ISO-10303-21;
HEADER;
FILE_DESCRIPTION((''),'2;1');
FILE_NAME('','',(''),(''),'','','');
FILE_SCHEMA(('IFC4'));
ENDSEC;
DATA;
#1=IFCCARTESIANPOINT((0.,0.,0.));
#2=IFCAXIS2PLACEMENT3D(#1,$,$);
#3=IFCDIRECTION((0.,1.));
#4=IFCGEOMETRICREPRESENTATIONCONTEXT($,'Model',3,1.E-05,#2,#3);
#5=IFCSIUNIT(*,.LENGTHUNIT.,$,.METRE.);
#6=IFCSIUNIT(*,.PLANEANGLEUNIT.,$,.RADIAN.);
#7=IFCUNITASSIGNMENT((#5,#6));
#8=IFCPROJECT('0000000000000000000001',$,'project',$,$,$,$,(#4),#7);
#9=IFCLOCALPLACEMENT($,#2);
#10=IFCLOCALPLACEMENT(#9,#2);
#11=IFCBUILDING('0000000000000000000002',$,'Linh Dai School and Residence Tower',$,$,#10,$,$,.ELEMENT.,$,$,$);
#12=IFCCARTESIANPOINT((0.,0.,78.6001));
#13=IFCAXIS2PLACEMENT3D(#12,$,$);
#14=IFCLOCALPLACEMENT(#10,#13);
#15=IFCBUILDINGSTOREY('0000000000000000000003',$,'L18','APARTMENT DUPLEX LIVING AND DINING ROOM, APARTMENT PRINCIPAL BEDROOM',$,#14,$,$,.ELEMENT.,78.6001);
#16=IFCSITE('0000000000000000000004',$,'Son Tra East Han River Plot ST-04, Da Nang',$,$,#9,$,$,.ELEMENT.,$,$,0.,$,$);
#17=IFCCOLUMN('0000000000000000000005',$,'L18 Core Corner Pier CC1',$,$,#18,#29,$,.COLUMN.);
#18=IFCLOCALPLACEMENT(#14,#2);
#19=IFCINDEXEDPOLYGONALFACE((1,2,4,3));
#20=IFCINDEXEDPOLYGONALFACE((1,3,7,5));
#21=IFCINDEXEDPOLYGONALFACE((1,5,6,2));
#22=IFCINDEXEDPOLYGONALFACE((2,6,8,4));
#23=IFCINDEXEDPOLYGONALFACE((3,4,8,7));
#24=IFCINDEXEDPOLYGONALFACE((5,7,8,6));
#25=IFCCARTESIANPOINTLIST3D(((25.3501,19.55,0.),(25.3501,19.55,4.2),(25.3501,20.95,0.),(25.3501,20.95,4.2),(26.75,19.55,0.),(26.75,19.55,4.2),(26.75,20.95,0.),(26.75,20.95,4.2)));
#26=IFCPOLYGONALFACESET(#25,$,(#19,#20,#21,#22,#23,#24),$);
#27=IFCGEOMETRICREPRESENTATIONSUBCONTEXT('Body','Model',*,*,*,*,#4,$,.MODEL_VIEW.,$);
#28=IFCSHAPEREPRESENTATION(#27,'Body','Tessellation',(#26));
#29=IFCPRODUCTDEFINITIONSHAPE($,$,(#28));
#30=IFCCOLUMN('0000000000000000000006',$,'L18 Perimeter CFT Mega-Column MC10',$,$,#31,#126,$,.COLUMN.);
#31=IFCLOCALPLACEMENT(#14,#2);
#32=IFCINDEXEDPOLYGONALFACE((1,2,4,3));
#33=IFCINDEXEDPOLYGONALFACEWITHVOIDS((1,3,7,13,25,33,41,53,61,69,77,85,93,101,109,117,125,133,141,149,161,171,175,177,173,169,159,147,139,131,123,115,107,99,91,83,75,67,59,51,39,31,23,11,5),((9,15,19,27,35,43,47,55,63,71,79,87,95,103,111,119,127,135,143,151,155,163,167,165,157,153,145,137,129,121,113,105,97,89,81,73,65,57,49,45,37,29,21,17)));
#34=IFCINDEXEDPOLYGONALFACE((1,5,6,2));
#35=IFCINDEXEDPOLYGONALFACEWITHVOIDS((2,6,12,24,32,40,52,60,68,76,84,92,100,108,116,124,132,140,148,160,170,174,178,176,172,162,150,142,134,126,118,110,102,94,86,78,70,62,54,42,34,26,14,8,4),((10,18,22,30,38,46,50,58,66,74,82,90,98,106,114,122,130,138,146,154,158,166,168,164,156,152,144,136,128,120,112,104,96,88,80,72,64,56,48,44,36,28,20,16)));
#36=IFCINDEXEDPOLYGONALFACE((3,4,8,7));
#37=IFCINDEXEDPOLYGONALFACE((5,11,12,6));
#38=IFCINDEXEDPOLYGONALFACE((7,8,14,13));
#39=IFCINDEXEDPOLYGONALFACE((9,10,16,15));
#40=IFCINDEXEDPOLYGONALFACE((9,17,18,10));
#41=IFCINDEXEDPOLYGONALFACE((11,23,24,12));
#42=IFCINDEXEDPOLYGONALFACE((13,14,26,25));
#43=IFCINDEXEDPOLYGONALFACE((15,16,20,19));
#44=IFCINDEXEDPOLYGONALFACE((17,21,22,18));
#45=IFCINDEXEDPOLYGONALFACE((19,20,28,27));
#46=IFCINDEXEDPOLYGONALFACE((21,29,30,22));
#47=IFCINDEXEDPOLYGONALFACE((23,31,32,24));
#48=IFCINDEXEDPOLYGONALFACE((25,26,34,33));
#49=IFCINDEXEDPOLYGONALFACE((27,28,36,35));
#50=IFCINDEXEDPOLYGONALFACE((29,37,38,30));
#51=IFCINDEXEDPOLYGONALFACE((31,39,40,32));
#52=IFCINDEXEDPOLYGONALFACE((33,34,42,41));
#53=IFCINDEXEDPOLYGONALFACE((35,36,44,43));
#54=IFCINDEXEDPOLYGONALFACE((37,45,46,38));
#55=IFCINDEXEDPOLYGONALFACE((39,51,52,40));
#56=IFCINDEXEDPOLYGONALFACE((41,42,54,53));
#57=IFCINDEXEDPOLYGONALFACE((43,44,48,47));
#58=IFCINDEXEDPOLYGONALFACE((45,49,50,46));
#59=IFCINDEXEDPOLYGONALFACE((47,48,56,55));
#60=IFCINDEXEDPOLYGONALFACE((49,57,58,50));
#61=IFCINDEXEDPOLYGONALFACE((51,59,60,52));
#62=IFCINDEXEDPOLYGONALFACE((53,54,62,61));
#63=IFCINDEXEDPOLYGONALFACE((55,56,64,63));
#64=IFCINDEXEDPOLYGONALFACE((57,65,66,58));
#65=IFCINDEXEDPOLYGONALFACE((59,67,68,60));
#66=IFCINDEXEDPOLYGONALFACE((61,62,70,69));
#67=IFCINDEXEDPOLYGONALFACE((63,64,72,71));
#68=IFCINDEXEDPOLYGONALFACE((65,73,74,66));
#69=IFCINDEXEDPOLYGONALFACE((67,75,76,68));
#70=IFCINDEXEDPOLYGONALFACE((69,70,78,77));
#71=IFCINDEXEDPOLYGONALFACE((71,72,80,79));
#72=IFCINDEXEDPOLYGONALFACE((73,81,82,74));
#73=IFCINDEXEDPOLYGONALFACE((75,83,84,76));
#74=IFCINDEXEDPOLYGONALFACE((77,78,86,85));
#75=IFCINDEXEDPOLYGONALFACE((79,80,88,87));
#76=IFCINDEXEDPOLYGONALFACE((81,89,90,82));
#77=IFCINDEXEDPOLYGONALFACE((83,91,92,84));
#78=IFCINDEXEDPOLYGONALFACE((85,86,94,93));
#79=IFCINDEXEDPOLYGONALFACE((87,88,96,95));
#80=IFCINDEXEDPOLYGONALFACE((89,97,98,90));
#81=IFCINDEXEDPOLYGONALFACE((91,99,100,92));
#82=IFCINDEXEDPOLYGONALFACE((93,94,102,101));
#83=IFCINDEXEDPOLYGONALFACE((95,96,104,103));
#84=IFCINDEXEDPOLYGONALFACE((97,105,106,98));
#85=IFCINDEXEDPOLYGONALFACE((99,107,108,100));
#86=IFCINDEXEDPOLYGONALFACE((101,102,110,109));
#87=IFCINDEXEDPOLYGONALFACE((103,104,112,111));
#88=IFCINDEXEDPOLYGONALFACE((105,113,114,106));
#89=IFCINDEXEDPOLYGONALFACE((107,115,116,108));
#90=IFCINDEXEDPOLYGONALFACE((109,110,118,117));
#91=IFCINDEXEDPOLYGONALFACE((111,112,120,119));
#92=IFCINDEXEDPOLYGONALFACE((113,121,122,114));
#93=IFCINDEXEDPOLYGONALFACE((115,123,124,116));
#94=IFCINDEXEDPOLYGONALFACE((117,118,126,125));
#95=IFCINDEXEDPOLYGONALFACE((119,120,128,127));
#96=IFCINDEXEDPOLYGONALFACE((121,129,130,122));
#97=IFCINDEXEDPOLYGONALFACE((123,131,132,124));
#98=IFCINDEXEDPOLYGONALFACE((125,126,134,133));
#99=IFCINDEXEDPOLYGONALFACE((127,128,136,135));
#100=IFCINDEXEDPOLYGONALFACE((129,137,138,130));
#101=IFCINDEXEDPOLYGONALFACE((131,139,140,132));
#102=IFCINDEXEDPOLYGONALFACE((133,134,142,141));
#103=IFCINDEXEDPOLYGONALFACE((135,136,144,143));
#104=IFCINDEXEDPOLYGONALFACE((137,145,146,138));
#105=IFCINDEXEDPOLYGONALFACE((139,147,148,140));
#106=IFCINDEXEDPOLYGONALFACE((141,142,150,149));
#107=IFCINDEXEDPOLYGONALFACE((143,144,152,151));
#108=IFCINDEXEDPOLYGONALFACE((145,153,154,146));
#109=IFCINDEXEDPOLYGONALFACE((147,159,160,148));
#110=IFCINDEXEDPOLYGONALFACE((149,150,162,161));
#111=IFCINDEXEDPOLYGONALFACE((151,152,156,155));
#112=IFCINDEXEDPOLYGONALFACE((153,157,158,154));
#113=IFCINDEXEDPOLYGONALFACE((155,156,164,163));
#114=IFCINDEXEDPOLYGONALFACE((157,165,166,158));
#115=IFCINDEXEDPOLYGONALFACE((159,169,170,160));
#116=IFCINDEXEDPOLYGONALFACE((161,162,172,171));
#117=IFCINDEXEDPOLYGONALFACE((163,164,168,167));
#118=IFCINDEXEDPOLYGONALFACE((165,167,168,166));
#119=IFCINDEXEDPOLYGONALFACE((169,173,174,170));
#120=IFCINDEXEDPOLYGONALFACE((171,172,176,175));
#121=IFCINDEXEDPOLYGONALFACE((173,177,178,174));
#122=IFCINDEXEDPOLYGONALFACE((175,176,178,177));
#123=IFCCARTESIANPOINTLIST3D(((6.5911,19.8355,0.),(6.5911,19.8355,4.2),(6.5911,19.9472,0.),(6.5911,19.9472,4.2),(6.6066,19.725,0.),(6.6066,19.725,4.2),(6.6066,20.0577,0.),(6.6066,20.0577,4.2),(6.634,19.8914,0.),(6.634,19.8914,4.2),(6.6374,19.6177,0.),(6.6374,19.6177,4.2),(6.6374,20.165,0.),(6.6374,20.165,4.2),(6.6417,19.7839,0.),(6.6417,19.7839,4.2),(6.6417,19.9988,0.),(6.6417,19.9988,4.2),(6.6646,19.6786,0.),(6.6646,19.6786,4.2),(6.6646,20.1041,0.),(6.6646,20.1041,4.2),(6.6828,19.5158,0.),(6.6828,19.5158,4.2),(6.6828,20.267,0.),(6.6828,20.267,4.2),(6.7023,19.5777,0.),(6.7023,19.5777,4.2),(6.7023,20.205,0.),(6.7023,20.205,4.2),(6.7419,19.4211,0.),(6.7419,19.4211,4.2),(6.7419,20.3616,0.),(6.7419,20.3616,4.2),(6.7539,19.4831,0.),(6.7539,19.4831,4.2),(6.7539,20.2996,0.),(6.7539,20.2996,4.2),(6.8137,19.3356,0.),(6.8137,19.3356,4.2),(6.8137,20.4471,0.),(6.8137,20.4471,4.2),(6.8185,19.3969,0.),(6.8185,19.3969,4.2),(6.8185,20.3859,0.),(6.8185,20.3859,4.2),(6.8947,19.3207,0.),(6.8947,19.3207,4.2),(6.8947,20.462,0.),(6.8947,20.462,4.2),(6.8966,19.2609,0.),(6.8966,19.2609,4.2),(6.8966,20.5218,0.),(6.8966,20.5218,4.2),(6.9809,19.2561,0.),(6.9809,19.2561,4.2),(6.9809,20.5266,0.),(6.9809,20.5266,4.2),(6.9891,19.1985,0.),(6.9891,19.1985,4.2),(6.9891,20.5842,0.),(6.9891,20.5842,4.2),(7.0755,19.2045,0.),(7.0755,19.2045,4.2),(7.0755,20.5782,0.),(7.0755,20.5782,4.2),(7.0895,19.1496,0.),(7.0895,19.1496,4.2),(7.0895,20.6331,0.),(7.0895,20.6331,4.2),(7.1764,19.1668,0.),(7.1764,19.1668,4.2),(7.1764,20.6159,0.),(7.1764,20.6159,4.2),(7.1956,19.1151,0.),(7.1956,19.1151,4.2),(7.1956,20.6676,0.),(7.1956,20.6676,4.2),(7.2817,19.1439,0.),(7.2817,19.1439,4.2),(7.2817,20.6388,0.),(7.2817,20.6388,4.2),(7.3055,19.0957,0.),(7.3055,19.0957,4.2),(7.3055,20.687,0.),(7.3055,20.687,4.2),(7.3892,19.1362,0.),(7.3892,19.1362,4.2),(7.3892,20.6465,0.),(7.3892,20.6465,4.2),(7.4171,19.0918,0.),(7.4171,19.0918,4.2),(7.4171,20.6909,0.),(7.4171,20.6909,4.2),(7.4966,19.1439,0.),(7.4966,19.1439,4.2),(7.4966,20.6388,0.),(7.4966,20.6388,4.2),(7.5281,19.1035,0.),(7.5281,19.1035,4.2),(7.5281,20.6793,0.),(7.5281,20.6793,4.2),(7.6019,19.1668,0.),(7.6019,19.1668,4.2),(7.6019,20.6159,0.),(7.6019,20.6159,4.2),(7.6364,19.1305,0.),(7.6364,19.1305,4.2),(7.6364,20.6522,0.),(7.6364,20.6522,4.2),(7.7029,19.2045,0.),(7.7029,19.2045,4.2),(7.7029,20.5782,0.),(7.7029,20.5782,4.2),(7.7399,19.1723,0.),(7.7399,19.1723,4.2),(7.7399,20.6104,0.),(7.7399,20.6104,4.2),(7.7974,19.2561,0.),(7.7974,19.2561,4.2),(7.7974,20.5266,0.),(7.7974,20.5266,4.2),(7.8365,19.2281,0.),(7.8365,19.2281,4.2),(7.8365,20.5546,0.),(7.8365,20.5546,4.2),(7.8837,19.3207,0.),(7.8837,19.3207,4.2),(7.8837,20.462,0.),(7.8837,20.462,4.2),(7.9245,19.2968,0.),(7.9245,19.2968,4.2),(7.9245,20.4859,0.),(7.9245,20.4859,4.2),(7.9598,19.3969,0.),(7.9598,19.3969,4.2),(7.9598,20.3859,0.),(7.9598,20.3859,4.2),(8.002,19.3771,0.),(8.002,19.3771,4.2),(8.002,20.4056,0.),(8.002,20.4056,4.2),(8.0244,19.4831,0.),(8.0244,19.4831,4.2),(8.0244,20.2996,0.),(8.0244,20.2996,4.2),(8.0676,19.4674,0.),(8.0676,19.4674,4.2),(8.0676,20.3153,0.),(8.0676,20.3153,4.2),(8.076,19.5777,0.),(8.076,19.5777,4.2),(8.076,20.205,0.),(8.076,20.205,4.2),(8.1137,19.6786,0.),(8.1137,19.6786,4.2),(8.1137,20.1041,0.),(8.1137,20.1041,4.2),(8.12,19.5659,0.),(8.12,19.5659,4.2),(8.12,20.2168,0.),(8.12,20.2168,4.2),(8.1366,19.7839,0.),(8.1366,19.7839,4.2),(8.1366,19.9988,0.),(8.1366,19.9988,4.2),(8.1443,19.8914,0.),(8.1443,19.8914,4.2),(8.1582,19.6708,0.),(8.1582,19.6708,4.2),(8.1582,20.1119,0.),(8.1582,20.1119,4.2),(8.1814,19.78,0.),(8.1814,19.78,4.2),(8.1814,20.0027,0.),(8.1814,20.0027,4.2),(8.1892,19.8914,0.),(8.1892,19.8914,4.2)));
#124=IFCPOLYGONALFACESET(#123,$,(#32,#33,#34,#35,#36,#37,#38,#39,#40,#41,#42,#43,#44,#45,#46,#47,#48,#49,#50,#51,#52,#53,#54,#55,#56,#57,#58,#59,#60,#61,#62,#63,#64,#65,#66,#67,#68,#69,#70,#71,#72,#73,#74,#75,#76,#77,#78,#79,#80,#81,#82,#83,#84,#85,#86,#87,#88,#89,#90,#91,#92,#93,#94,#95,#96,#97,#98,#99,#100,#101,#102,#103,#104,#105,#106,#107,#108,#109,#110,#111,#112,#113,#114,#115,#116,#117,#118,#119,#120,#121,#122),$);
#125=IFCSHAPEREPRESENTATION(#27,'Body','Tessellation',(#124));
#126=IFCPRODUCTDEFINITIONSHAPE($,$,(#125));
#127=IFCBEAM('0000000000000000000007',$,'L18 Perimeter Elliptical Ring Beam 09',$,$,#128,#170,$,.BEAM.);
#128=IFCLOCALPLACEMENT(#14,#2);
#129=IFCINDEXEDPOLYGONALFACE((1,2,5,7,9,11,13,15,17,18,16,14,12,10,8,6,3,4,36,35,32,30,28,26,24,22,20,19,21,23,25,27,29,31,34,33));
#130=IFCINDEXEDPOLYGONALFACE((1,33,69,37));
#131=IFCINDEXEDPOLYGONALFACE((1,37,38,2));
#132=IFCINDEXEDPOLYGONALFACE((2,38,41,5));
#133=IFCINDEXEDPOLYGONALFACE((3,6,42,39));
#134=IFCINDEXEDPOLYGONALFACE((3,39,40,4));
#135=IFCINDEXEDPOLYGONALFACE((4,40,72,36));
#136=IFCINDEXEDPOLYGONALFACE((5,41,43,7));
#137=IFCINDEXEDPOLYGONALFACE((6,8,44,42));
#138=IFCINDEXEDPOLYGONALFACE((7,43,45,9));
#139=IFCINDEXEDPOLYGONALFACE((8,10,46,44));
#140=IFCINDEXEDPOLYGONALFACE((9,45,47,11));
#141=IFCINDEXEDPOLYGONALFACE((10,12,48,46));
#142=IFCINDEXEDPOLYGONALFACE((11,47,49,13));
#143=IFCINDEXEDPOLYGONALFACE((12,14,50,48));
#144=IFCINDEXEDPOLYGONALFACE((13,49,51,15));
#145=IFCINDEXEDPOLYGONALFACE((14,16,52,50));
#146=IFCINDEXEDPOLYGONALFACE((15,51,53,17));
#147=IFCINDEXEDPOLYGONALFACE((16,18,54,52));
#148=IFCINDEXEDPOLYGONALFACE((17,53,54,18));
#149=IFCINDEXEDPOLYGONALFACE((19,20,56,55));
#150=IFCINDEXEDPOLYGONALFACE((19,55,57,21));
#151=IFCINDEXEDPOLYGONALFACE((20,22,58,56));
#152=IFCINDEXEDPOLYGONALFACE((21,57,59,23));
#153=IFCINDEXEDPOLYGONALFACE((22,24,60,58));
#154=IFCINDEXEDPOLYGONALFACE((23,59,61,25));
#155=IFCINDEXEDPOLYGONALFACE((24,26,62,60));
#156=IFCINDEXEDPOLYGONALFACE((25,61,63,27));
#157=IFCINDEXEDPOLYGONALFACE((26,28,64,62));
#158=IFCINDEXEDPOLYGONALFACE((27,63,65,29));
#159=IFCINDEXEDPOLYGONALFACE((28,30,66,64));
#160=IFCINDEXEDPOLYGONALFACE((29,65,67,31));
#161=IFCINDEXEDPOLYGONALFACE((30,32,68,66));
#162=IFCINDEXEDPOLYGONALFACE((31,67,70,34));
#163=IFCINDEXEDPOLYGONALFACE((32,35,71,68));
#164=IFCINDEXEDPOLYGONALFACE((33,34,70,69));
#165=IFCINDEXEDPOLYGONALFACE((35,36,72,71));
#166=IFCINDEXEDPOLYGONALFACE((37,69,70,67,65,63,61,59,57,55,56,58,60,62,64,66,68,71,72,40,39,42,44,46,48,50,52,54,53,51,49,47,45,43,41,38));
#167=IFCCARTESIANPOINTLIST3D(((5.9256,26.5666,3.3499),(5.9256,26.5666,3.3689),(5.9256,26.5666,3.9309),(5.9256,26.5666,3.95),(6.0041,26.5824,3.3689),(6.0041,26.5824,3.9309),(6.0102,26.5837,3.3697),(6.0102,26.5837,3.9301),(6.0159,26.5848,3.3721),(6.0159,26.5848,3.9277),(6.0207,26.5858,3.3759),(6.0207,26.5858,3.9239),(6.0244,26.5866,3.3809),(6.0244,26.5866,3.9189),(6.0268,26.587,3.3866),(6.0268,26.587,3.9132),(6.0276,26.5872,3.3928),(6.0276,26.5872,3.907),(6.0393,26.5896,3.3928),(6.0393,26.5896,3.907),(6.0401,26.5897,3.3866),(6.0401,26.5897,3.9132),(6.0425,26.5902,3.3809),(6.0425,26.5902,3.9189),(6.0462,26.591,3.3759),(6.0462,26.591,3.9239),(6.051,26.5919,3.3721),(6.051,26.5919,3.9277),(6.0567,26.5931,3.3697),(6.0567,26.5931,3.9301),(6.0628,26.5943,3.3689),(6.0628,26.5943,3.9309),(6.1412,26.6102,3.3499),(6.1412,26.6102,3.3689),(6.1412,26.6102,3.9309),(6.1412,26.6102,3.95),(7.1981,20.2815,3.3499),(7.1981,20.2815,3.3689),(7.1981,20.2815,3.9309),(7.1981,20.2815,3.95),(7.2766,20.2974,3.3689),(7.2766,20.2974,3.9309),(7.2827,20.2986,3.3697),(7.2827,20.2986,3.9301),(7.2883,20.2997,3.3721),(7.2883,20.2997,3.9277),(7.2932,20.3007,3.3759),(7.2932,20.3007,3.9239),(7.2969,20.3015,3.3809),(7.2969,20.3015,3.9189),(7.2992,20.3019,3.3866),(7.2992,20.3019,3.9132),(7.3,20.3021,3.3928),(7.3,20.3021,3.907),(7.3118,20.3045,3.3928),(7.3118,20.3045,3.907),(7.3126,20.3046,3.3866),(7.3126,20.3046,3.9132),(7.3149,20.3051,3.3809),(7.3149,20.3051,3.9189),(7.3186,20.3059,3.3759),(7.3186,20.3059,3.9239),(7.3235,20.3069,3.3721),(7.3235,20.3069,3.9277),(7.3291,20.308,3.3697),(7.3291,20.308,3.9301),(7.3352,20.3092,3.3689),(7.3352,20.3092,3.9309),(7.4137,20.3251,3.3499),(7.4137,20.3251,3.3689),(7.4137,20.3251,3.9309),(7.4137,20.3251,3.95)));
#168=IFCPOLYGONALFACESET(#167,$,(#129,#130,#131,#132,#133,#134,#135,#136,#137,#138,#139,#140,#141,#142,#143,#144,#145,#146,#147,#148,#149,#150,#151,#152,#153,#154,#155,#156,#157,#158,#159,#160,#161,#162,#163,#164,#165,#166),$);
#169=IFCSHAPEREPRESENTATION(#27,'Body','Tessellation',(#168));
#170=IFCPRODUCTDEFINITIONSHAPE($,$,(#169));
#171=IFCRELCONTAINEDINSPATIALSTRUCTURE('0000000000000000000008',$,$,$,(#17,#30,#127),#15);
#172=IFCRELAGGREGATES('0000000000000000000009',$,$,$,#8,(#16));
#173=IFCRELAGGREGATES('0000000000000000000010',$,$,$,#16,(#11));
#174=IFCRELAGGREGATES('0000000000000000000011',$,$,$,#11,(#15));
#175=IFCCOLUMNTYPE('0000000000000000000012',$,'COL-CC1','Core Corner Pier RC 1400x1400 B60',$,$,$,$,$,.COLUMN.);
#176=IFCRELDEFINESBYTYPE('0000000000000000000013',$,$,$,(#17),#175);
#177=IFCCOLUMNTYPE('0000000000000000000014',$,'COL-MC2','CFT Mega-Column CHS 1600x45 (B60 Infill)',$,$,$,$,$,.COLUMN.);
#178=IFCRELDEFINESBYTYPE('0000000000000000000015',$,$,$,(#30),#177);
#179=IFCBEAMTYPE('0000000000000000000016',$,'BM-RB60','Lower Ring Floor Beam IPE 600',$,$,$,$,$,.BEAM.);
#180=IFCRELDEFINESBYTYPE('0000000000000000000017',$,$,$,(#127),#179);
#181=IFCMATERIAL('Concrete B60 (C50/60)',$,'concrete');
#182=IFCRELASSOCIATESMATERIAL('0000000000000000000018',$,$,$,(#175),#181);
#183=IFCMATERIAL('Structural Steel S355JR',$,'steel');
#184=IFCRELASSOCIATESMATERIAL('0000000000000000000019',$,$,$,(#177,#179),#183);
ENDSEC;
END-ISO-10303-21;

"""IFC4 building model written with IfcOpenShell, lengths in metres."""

from ifc_helpers import new_model, si_unit, direction, frame, origin, origin_2d, place, context, subcontext, project, spatial, rectangle, hollow_circle, i_section, extrude, material, material_profile, profile_set, type_object, element, save


model = new_model("IFC4")

# Units and contexts
model_context = context("Model", 3, precision=1e-05, world=origin(), true_north=direction((0.0, 1.0)))
body_context = subcontext(model_context, "Body", "Model", "MODEL_VIEW")
ifc_project = project(units=[si_unit("LENGTHUNIT", "METRE"), si_unit("PLANEANGLEUNIT", "RADIAN")], contexts=[model_context])

# Site, building, storey
site_placement = place(None, origin())
site = spatial("IfcSite", under=ifc_project, at=site_placement, Name="Son Tra East Han River Plot ST-04, Da Nang", CompositionType="ELEMENT", RefElevation=0.0)
building_placement = place(site_placement, origin())
building = spatial("IfcBuilding", under=site, at=building_placement, Name="Linh Dai School and Residence Tower", CompositionType="ELEMENT")
storey_placement = place(building_placement, frame((0.0, 0.0, 78.6001)))
storey = spatial("IfcBuildingStorey", under=building, at=storey_placement, Name="L18", Description="APARTMENT DUPLEX LIVING AND DINING ROOM, APARTMENT PRINCIPAL BEDROOM", CompositionType="ELEMENT", Elevation=78.6001)

# Columns
ifc_material_1 = material(Name="Concrete B60 (C50/60)", Category="concrete")
ifc_material_profile_1 = material_profile(ifc_material_1, rectangle(XDim=1.3999, YDim=1.3999, at=origin_2d()), Name="RC 1400x1400")
ifc_profile_set_1 = profile_set([ifc_material_profile_1], Name="Concrete B60 (C50/60)")
column_type_1 = type_object("IfcColumnType", Name="COL-CC1", Description="Core Corner Pier RC 1400x1400 B60", PredefinedType="COLUMN", material=ifc_profile_set_1)
column_1_placement = place(storey_placement, frame((26.05, 20.25, 0.0), z_axis=(0.0, 0.0, 1.0), x_axis=(1.0, 0.0, 0.0)))
element("IfcColumn", 1, at=column_1_placement, inside=storey, type_object=column_type_1, Name="L18 Core Corner Pier CC1", PredefinedType="COLUMN", context=body_context, shape_type="SweptSolid", body=[
    extrude(rectangle(XDim=1.3999, YDim=1.3999, at=origin_2d()), origin(), (0.0, 0.0, 1.0), 4.2),
])
ifc_material_2 = material(Name="Structural Steel S355JR", Category="steel")
ifc_material_profile_2 = material_profile(ifc_material_2, hollow_circle(Radius=0.8, WallThickness=0.0449, at=origin_2d()), Name="CHS 1600x45")
ifc_profile_set_2 = profile_set([ifc_material_profile_2], Name="Structural Steel S355JR")
column_type_2 = type_object("IfcColumnType", Name="COL-MC2", Description="CFT Mega-Column CHS 1600x45 (B60 Infill)", PredefinedType="COLUMN", material=ifc_profile_set_2)
column_2_placement = place(storey_placement, frame((7.3892, 19.8914, 0.0), z_axis=(0.0, 0.0, 1.0), x_axis=(1.0, 0.0, 0.0)))
element("IfcColumn", 2, at=column_2_placement, inside=storey, type_object=column_type_2, Name="L18 Perimeter CFT Mega-Column MC10", PredefinedType="COLUMN", context=body_context, shape_type="SweptSolid", body=[
    extrude(hollow_circle(Radius=0.8, WallThickness=0.0449, at=origin_2d()), origin(), (0.0, 0.0, 1.0), 4.2),
])

# Beam
ifc_material_profile_3 = material_profile(ifc_material_2, i_section(OverallWidth=0.22, OverallDepth=0.6001, WebThickness=0.012, FlangeThickness=0.019, FilletRadius=0.0239, at=origin_2d()), Name="IPE 600")
ifc_profile_set_3 = profile_set([ifc_material_profile_3], Name="Structural Steel S355JR")
beam_type_1 = type_object("IfcBeamType", Name="BM-RB60", Description="Lower Ring Floor Beam IPE 600", PredefinedType="BEAM", material=ifc_profile_set_3)
beam_1_placement = place(storey_placement, frame((6.0334, 26.5884, 3.6499), z_axis=(0.198429, -0.980115, 0.0), x_axis=(0.980115, 0.198429, 0.0)))
element("IfcBeam", 3, at=beam_1_placement, inside=storey, type_object=beam_type_1, Name="L18 Perimeter Elliptical Ring Beam 09", PredefinedType="BEAM", context=body_context, shape_type="SweptSolid", body=[
    extrude(i_section(OverallWidth=0.22, OverallDepth=0.6001, WebThickness=0.012, FlangeThickness=0.019, FilletRadius=0.0239, at=origin_2d()), origin(), (0.0, 0.0, 1.0), 6.4126),
])

save(model, "model.ifc")
